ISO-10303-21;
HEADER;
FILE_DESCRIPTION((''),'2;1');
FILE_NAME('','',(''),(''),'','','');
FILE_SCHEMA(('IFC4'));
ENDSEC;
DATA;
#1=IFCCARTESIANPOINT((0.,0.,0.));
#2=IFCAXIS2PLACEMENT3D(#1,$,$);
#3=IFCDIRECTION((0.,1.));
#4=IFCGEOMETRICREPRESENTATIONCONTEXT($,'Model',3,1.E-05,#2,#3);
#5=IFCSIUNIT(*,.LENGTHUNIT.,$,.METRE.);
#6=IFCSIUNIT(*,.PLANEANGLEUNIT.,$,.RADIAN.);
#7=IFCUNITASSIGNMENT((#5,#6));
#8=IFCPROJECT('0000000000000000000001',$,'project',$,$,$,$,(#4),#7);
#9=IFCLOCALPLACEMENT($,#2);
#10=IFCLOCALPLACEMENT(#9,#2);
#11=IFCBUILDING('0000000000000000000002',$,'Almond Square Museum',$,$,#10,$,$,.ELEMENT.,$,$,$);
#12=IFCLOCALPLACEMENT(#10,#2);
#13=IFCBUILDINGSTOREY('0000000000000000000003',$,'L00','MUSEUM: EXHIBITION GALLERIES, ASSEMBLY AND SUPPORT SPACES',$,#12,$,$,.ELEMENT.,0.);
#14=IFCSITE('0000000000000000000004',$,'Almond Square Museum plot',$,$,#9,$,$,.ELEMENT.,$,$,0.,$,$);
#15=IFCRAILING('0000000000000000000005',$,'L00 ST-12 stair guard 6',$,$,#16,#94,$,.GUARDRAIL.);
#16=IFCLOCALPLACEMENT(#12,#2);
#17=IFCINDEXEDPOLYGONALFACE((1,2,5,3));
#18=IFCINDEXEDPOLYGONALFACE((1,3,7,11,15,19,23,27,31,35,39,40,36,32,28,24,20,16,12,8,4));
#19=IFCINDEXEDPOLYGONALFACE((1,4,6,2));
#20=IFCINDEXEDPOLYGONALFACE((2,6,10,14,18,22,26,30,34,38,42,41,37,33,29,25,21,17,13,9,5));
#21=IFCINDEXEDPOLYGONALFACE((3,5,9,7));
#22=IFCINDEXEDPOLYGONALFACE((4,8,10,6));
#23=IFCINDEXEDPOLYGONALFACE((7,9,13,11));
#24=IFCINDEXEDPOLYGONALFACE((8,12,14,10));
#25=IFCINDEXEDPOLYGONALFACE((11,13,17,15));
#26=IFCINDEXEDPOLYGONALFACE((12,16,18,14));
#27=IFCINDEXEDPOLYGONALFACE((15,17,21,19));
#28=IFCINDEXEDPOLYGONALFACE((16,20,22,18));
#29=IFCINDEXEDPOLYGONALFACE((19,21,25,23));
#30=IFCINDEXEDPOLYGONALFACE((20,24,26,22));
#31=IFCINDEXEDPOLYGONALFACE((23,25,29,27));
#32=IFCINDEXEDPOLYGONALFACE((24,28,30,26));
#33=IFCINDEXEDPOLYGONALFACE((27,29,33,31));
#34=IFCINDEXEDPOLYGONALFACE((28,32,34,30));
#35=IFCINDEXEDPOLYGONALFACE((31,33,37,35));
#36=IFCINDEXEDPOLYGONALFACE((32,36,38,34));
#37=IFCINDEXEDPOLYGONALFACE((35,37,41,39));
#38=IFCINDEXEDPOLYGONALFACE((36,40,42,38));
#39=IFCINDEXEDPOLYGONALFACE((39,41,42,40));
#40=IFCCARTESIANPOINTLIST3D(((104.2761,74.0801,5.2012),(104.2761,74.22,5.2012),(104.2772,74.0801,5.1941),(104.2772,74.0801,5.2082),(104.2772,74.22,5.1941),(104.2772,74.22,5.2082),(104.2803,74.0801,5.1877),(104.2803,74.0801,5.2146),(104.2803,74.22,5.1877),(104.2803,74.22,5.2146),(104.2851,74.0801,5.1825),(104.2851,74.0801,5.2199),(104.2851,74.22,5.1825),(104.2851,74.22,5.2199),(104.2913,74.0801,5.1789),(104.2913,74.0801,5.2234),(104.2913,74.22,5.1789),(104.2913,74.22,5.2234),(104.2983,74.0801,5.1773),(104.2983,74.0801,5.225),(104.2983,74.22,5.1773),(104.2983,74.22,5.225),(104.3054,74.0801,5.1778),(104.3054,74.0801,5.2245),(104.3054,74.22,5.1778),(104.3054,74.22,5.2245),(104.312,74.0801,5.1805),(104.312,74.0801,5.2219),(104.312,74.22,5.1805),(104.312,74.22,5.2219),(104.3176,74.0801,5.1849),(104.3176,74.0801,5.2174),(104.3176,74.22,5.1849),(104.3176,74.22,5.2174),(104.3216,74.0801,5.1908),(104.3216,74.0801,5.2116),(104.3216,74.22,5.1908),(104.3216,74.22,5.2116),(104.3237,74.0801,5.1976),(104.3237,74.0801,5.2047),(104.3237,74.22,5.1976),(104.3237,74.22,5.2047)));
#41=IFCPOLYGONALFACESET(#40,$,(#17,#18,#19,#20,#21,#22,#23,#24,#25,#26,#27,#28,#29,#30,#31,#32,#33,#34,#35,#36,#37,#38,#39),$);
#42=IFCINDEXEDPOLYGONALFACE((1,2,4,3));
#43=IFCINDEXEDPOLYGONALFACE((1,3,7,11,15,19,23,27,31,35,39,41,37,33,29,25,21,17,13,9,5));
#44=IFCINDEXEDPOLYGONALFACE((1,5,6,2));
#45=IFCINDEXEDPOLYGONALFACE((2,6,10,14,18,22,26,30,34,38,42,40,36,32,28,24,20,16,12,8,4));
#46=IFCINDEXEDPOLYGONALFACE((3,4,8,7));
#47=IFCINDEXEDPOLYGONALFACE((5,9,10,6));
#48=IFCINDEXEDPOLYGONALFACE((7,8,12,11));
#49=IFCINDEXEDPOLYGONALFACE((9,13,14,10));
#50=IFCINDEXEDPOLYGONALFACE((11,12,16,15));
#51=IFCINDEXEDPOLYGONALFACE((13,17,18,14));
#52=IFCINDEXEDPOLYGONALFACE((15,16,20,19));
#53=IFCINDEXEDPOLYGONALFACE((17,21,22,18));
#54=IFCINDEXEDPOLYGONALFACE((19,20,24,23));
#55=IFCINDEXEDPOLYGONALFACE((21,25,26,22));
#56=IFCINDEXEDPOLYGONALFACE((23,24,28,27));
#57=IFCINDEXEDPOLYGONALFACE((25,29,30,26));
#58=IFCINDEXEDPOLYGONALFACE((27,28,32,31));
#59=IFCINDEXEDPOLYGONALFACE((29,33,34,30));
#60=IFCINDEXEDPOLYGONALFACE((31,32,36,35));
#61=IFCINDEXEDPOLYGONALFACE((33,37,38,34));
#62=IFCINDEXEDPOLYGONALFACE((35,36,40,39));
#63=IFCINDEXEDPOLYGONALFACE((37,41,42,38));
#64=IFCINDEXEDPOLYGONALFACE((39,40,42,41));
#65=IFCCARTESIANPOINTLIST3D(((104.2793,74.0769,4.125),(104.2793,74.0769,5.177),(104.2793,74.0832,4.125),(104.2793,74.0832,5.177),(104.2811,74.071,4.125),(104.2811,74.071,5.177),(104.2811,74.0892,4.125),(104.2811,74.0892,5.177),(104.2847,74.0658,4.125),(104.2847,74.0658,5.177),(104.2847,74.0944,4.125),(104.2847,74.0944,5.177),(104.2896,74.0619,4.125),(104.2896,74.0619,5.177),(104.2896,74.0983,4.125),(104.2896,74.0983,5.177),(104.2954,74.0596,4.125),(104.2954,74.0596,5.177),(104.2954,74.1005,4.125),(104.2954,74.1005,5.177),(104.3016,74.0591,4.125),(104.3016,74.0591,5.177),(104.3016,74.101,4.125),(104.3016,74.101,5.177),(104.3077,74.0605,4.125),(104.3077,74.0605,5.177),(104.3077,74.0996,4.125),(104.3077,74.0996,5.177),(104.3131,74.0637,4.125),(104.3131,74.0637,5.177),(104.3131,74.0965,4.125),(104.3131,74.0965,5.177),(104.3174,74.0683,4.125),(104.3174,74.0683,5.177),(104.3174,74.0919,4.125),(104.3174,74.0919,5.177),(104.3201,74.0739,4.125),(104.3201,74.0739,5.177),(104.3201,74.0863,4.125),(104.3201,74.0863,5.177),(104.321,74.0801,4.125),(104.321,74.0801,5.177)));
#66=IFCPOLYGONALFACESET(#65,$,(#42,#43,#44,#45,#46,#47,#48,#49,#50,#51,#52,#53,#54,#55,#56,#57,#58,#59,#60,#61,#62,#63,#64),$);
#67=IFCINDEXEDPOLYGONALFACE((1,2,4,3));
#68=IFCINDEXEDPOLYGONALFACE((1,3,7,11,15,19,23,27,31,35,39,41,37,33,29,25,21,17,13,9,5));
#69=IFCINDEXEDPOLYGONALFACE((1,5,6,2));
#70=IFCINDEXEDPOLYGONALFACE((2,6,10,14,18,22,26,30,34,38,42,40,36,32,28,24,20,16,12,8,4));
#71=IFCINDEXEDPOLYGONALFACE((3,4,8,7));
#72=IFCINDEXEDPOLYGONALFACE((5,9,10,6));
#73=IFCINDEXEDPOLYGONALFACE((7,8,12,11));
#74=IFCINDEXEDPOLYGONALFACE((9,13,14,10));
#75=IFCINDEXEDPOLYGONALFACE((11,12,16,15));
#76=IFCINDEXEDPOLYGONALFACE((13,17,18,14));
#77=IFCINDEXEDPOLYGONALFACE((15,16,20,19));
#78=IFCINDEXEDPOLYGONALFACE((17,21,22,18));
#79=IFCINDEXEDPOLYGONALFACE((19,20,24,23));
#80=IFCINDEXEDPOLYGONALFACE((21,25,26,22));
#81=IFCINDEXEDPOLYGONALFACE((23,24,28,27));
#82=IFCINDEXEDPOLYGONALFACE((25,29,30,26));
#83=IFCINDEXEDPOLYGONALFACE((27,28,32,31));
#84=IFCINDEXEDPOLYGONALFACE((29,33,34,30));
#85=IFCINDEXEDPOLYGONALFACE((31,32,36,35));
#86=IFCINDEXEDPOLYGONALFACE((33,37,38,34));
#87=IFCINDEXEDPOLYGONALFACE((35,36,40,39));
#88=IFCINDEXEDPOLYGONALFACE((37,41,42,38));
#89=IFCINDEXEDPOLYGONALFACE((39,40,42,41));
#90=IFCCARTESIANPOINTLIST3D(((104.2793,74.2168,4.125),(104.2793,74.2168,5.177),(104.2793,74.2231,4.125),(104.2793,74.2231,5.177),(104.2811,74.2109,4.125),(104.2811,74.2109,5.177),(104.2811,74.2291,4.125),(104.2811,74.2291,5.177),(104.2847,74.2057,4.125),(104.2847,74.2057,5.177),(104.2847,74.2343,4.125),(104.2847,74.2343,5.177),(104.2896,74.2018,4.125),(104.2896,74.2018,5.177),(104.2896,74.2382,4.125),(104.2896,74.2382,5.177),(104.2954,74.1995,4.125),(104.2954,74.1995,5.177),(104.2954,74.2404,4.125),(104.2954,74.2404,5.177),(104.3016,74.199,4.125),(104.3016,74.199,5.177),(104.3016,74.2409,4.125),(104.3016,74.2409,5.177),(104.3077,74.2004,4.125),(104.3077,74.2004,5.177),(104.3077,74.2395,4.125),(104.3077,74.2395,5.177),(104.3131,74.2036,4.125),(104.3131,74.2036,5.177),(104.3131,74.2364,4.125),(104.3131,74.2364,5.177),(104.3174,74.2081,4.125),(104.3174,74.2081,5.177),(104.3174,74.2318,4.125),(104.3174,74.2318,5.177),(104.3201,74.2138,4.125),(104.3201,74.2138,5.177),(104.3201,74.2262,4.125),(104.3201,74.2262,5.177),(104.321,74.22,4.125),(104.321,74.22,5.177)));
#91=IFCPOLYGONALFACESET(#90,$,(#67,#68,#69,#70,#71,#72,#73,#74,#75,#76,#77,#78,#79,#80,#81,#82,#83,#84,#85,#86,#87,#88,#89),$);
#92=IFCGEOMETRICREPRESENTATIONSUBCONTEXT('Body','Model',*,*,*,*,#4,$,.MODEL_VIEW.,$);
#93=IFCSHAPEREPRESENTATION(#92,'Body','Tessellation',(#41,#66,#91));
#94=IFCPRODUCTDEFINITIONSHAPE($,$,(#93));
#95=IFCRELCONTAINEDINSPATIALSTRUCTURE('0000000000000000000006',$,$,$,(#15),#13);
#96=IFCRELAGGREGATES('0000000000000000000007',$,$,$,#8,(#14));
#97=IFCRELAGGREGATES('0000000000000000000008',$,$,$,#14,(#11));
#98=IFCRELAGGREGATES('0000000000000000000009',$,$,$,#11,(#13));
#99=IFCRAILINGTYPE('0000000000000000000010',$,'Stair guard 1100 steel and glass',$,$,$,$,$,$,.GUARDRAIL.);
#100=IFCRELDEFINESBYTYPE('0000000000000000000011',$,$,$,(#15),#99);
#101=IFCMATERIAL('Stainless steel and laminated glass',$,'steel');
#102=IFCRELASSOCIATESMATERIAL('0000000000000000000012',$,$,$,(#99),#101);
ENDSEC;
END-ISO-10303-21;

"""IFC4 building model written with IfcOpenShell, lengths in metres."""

from ifc_helpers import new_model, si_unit, direction, frame, origin, origin_2d, place, context, subcontext, project, spatial, circle, extrude, material, type_object, element, save


model = new_model("IFC4")

# Units and contexts
model_context = context("Model", 3, precision=1e-05, world=origin(), true_north=direction((0.0, 1.0)))
body_context = subcontext(model_context, "Body", "Model", "MODEL_VIEW")
ifc_project = project(units=[si_unit("LENGTHUNIT", "METRE"), si_unit("PLANEANGLEUNIT", "RADIAN")], contexts=[model_context])

# Site, building, storey
site_placement = place(None, origin())
site = spatial("IfcSite", under=ifc_project, at=site_placement, Name="Almond Square Museum plot", CompositionType="ELEMENT", RefElevation=0.0)
building_placement = place(site_placement, origin())
building = spatial("IfcBuilding", under=site, at=building_placement, Name="Almond Square Museum", CompositionType="ELEMENT")
storey_placement = place(building_placement, origin())
storey = spatial("IfcBuildingStorey", under=building, at=storey_placement, Name="L00", Description="MUSEUM: EXHIBITION GALLERIES, ASSEMBLY AND SUPPORT SPACES", CompositionType="ELEMENT", Elevation=0.0)

# Railing
ifc_material_1 = material(Name="Stainless steel and laminated glass", Category="steel")
railing_type_1 = type_object("IfcRailingType", Name="Stair guard 1100 steel and glass", PredefinedType="GUARDRAIL", material=ifc_material_1)
railing_1_placement = place(storey_placement, frame((104.3, 74.0801, 4.125)))
element("IfcRailing", 1, at=railing_1_placement, inside=storey, type_object=railing_type_1, Name="L00 ST-12 stair guard 6", PredefinedType="GUARDRAIL", context=body_context, shape_type="SweptSolid", body=[
    extrude(circle(Radius=0.0239, at=origin_2d()), frame((0.0, 0.0, 1.0762), z_axis=(0.0, 1.0, 0.0), x_axis=(-1.0, 0.0, 0.0)), (0.0, 0.0, 1.0), 0.1399),
    extrude(circle(Radius=0.021, at=origin_2d()), origin(), (0.0, 0.0, 1.0), 1.052),
    extrude(circle(Radius=0.021, at=origin_2d()), frame((0.0, 0.1399, 0.0)), (0.0, 0.0, 1.0), 1.052),
])

save(model, "model.ifc")
